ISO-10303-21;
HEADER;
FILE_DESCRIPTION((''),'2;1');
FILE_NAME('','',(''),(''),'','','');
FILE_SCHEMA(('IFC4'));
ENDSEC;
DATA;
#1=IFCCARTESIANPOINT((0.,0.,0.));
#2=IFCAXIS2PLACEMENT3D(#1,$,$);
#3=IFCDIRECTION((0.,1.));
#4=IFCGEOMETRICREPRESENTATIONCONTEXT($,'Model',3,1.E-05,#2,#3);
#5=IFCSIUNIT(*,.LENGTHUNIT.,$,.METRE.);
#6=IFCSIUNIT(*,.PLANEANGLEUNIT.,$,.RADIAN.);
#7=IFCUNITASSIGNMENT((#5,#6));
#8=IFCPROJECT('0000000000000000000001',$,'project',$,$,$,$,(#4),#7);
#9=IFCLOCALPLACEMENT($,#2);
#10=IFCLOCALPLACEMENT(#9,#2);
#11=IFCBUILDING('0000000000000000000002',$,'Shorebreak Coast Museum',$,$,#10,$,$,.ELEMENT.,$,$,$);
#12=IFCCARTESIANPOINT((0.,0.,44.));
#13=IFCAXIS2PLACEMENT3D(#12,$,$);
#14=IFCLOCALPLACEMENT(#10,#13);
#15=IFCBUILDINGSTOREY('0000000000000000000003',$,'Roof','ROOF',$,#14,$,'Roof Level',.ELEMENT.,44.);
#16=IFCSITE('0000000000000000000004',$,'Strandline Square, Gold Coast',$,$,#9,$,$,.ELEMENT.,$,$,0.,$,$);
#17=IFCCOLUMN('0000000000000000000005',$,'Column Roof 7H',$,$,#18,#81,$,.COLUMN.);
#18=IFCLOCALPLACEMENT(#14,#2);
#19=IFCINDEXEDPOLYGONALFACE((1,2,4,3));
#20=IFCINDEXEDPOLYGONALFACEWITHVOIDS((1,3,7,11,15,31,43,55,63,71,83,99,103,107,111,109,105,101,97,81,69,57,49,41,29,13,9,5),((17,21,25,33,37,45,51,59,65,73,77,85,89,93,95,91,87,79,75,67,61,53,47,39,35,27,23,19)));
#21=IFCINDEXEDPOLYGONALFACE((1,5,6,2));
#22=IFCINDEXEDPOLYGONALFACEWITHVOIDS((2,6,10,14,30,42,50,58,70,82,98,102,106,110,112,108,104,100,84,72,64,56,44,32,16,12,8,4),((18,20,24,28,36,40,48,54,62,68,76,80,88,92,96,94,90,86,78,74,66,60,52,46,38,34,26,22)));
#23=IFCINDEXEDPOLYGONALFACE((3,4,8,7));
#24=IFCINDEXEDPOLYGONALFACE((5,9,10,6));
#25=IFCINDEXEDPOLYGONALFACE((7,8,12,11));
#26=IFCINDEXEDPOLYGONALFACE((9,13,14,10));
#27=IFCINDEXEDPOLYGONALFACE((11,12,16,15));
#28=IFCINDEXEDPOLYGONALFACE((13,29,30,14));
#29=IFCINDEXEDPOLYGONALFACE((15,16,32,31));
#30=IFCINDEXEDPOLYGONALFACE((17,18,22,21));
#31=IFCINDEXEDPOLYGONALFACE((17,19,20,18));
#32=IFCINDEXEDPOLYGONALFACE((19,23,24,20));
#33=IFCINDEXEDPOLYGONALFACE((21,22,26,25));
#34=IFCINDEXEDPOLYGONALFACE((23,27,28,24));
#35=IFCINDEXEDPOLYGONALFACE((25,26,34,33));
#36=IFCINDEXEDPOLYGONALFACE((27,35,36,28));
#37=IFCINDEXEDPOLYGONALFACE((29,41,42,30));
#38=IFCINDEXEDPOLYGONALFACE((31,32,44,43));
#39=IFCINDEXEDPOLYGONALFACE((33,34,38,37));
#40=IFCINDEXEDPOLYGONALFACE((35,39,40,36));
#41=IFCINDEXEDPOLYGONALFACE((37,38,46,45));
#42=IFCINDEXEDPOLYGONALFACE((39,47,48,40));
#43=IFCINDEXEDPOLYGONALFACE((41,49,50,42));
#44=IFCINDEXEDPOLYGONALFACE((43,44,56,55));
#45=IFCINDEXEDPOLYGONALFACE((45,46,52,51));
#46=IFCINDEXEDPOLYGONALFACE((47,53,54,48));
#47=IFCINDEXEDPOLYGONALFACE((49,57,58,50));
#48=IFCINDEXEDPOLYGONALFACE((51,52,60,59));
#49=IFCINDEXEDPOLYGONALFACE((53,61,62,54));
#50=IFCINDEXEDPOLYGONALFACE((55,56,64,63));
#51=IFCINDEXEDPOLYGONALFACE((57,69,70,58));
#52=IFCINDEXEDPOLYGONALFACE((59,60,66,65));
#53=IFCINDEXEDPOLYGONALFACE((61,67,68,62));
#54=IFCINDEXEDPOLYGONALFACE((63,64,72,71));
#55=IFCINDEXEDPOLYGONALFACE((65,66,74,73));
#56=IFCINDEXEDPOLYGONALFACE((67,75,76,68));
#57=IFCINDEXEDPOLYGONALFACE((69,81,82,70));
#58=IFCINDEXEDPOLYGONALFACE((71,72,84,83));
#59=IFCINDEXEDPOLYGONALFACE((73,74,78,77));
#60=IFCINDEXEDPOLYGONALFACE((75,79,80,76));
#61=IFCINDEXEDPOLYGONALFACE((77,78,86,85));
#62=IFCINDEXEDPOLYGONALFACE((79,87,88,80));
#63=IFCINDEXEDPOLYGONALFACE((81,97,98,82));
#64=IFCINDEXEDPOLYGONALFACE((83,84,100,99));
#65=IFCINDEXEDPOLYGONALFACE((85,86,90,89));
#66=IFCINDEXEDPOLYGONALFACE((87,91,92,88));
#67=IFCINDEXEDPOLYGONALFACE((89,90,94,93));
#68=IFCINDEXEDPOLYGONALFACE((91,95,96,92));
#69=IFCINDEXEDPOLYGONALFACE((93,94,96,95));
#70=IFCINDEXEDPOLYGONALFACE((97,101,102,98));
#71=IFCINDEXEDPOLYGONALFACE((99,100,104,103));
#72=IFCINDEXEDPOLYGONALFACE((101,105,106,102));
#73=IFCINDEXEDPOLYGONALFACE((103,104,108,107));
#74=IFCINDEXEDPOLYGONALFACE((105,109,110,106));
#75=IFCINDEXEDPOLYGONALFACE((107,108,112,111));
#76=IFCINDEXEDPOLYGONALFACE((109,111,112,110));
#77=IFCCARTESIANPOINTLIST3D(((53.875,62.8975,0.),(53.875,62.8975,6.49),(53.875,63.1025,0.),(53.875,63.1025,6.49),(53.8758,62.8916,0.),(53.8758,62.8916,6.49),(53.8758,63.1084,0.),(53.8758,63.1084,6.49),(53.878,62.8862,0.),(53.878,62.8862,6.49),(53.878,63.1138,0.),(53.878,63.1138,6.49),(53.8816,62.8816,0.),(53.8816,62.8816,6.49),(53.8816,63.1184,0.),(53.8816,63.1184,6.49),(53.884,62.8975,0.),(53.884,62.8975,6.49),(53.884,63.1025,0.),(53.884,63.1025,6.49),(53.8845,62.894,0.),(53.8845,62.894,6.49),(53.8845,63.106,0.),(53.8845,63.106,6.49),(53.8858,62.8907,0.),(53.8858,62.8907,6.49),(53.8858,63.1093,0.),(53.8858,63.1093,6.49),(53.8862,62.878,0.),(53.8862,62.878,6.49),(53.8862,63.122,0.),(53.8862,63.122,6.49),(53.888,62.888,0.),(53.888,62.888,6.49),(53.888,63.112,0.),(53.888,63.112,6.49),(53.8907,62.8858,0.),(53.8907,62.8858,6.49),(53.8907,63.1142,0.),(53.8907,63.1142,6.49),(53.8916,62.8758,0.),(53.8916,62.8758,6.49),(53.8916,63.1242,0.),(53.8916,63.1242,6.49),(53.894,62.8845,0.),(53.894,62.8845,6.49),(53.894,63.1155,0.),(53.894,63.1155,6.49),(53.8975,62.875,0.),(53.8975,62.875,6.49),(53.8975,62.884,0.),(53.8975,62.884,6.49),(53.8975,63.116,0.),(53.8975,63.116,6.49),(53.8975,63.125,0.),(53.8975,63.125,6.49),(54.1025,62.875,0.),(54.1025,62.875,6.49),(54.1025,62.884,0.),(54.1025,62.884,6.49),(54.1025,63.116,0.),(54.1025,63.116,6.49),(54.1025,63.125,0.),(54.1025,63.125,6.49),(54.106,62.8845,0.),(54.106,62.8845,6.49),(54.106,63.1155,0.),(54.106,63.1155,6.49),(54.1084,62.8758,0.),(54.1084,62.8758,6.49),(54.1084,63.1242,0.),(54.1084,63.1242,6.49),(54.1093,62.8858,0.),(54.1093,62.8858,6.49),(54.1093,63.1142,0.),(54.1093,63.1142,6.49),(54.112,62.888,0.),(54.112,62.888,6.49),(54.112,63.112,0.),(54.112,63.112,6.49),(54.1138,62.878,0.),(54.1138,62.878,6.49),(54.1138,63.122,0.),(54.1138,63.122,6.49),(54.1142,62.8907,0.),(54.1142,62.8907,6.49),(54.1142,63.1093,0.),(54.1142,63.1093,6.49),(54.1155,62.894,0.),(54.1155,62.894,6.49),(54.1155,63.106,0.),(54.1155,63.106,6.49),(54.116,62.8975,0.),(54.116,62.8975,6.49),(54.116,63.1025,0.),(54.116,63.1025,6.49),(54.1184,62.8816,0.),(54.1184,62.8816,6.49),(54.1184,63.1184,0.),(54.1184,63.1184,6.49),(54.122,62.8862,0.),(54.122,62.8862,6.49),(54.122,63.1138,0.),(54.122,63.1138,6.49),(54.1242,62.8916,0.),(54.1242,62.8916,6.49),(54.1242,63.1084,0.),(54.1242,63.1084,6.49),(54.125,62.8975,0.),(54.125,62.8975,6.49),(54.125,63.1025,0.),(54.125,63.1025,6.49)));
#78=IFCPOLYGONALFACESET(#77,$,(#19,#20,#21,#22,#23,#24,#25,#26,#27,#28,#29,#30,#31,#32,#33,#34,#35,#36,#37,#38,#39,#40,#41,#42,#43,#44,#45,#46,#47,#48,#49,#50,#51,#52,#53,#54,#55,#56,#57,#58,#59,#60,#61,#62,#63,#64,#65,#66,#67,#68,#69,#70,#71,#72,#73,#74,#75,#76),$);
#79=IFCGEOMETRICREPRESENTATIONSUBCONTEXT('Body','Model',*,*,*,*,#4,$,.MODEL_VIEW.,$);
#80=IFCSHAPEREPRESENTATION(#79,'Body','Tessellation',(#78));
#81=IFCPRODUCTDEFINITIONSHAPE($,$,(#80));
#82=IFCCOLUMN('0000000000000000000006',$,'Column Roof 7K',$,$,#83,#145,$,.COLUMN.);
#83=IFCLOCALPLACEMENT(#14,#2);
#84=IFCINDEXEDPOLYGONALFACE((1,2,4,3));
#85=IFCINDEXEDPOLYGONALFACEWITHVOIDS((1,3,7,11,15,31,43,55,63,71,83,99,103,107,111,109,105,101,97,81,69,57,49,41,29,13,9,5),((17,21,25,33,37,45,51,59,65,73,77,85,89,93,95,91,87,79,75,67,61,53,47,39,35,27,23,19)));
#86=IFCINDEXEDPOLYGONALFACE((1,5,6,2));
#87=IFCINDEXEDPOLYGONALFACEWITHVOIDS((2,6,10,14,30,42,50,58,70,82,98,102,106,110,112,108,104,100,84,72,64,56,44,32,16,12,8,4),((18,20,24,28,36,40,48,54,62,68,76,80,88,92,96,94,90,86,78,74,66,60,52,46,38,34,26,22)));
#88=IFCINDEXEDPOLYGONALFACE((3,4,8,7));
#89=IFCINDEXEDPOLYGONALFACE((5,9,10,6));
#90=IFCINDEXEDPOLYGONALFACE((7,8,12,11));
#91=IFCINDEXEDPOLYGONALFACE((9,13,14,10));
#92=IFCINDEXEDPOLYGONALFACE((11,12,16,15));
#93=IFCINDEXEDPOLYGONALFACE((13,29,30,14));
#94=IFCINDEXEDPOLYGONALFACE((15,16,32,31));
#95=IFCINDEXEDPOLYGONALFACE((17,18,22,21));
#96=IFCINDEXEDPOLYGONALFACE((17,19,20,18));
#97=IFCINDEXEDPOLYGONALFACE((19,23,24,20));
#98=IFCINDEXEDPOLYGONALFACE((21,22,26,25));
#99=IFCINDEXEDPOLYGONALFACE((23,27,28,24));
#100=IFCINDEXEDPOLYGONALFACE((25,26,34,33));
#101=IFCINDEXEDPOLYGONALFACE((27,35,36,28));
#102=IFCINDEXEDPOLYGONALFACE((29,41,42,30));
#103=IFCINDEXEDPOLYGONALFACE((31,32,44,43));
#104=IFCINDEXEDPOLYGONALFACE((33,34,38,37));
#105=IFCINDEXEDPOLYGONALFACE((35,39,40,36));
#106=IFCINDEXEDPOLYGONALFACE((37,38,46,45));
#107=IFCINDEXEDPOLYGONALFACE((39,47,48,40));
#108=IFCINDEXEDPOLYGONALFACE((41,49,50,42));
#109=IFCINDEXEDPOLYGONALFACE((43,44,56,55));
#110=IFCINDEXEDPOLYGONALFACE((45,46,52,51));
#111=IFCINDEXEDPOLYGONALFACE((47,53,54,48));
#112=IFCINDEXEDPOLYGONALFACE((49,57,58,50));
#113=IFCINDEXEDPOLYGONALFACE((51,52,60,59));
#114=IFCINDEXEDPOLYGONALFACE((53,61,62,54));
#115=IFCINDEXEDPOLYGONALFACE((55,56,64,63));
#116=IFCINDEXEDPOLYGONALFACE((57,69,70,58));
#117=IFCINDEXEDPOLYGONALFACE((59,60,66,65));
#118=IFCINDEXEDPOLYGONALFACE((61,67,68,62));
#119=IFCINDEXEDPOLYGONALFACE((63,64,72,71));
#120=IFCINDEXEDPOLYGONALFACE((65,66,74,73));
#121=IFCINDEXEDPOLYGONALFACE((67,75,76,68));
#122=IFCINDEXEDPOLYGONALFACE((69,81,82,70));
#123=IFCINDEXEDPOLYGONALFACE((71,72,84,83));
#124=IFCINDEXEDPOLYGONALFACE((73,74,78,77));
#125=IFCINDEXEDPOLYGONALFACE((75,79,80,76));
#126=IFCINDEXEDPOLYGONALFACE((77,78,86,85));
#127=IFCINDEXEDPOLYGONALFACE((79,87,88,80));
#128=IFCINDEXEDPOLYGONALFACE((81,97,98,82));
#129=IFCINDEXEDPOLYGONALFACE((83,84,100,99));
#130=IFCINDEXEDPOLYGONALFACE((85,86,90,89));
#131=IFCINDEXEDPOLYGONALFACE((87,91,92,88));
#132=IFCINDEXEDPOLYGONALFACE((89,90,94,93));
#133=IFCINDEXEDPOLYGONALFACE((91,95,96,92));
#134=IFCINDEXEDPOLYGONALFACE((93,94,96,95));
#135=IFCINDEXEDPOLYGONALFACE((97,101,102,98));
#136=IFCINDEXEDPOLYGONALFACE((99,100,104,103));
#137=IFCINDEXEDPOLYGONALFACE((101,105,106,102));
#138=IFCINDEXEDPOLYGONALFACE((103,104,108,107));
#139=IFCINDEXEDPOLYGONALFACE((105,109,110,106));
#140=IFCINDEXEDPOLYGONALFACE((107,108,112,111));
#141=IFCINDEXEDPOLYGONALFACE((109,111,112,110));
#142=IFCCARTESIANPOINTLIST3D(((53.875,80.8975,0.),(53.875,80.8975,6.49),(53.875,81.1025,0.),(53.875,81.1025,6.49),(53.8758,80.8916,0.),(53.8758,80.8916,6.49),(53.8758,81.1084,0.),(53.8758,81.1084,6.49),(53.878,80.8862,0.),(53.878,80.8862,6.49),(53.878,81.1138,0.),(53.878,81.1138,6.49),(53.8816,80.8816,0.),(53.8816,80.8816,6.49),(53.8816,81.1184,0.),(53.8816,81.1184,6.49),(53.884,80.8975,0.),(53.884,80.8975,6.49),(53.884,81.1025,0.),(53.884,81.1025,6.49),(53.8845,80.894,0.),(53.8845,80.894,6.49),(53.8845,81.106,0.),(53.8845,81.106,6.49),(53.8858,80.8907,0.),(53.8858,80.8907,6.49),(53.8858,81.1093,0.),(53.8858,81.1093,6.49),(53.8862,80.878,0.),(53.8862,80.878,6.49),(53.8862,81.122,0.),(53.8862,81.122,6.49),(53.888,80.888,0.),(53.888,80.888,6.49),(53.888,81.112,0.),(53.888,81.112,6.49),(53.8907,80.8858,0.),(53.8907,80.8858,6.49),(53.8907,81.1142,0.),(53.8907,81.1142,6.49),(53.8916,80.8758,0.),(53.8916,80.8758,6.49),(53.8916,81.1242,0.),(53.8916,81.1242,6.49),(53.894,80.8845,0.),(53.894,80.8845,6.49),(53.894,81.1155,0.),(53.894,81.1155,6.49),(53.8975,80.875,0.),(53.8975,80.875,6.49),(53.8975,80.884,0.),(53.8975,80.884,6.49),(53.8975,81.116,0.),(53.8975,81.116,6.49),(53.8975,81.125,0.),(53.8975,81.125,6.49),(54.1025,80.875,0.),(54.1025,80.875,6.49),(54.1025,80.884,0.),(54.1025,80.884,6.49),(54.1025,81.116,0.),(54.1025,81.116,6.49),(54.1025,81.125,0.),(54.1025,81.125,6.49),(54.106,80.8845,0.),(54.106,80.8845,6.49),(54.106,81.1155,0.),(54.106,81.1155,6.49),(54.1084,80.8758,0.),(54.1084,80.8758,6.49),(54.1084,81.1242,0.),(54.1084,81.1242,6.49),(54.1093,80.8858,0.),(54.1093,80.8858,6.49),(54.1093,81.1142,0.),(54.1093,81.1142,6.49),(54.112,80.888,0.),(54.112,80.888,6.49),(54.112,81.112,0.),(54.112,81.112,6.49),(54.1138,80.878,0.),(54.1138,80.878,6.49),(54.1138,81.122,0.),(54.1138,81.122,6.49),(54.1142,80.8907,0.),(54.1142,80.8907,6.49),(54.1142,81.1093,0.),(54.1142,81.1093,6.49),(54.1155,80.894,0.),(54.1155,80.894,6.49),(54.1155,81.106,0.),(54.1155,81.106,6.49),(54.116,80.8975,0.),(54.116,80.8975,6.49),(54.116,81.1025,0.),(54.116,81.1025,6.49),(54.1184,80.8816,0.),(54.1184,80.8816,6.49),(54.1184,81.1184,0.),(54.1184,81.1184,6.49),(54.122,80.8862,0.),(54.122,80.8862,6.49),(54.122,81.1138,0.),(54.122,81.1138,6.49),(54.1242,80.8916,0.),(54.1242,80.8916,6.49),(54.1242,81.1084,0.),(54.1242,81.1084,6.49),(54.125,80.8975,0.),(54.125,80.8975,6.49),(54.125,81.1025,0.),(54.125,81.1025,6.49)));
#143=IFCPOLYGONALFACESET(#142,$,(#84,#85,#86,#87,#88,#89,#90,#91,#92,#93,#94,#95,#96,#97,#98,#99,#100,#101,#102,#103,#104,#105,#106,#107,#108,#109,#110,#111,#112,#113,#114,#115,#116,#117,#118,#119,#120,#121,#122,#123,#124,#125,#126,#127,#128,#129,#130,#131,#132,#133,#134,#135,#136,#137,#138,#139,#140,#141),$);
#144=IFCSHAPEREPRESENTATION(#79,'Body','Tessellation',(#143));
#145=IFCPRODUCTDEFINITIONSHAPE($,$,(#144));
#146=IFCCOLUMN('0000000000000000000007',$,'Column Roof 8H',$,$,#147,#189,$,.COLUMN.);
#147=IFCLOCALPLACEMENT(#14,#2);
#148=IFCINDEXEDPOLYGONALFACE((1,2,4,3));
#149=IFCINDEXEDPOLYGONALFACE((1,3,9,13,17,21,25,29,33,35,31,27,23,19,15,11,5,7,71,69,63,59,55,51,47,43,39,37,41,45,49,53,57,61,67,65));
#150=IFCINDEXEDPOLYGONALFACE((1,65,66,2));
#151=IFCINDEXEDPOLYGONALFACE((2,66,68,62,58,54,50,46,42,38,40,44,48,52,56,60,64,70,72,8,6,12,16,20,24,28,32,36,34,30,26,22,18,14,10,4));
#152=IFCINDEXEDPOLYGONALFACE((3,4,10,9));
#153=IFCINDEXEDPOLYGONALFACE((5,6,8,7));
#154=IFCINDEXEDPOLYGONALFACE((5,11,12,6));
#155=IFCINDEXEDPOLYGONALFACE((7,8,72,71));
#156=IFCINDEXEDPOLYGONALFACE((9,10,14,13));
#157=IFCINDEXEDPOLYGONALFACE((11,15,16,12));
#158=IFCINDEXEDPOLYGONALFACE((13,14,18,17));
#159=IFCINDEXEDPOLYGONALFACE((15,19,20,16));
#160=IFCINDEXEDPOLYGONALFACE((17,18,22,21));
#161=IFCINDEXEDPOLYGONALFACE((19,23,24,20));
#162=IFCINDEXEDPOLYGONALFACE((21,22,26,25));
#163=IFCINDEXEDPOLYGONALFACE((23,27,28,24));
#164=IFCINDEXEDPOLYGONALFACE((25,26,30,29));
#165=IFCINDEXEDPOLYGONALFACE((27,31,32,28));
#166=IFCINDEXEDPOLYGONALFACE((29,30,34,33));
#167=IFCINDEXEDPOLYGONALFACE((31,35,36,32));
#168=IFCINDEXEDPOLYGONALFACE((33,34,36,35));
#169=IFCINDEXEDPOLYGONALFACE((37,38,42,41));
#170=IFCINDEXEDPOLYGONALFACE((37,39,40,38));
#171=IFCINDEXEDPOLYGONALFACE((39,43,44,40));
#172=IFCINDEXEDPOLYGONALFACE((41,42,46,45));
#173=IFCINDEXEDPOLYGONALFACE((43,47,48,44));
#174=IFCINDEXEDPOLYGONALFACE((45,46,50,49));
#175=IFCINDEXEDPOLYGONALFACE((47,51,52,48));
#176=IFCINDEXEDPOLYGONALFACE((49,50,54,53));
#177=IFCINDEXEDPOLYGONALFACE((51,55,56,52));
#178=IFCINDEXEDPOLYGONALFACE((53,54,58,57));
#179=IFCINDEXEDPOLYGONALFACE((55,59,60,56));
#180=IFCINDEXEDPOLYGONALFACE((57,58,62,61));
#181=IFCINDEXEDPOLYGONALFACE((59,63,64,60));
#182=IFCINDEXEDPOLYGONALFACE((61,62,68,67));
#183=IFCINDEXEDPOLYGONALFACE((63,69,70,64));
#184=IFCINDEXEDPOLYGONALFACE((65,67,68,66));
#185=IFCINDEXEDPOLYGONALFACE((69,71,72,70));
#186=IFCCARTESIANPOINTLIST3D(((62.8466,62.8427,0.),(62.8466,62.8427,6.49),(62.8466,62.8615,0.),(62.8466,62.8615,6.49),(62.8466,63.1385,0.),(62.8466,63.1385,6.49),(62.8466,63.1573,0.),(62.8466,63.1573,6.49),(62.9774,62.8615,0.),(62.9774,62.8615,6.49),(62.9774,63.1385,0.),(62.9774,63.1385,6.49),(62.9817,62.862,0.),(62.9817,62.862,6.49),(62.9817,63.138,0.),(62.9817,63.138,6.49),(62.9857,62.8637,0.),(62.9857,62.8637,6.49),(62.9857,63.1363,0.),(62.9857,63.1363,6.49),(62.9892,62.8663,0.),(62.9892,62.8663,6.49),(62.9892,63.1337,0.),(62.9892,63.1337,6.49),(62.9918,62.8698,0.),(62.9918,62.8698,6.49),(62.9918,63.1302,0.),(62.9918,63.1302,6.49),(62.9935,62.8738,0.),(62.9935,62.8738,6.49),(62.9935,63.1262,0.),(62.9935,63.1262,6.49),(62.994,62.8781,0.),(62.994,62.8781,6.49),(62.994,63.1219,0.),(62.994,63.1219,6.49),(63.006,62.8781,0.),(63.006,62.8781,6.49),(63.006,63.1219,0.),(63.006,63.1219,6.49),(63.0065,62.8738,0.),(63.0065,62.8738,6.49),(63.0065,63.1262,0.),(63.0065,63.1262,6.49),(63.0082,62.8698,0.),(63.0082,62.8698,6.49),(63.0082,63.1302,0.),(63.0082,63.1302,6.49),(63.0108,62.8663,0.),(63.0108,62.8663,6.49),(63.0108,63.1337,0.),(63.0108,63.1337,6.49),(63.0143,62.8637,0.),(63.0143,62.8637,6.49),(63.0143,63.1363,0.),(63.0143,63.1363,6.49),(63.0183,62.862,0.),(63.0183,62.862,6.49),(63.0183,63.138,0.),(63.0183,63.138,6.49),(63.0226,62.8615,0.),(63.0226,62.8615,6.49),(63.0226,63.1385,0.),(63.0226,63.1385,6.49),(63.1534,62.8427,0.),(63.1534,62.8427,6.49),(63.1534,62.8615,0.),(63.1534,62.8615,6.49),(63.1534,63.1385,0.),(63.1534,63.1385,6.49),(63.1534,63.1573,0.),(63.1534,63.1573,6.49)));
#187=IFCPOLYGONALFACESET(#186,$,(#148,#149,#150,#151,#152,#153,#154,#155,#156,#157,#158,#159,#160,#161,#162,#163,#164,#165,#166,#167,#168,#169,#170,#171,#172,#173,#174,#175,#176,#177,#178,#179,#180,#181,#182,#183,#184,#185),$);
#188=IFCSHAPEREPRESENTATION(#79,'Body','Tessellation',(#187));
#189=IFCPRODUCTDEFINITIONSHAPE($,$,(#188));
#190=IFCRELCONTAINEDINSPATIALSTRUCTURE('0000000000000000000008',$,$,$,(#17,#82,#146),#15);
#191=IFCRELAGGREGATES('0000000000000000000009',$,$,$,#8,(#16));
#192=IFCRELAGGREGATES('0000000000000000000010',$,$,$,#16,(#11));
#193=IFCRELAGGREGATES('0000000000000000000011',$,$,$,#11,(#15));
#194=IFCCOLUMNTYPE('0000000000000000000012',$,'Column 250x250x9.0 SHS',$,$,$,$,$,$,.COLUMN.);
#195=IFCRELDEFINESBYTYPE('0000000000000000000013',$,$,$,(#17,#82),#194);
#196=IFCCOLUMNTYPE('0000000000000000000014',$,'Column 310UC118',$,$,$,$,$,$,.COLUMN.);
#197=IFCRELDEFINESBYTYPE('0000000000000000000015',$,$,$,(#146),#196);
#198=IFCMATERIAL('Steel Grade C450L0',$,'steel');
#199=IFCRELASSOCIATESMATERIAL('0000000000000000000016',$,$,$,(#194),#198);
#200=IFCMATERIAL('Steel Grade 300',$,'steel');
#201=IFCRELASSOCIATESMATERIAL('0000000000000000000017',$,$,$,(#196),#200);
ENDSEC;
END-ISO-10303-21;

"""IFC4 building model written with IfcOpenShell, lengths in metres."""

from ifc_helpers import new_model, si_unit, direction, frame, origin, origin_2d, place, context, subcontext, project, spatial, hollow_rectangle, i_section, extrude, material, material_profile, profile_set, type_object, element, save


model = new_model("IFC4")

# Units and contexts
model_context = context("Model", 3, precision=1e-05, world=origin(), true_north=direction((0.0, 1.0)))
body_context = subcontext(model_context, "Body", "Model", "MODEL_VIEW")
ifc_project = project(units=[si_unit("LENGTHUNIT", "METRE"), si_unit("PLANEANGLEUNIT", "RADIAN")], contexts=[model_context])

# Site, building, storey
site_placement = place(None, origin())
site = spatial("IfcSite", under=ifc_project, at=site_placement, Name="Strandline Square, Gold Coast", CompositionType="ELEMENT", RefElevation=0.0)
building_placement = place(site_placement, origin())
building = spatial("IfcBuilding", under=site, at=building_placement, Name="Shorebreak Coast Museum", CompositionType="ELEMENT")
storey_placement = place(building_placement, frame((0.0, 0.0, 44.0)))
storey = spatial("IfcBuildingStorey", under=building, at=storey_placement, Name="Roof", Description="ROOF", LongName="Roof Level", CompositionType="ELEMENT", Elevation=44.0)

# Columns
ifc_material_1 = material(Name="Steel Grade C450L0", Category="steel")
ifc_material_profile_1 = material_profile(ifc_material_1, hollow_rectangle(XDim=0.25, YDim=0.25, WallThickness=0.009, InnerFilletRadius=0.0134, OuterFilletRadius=0.0225, at=origin_2d()), Name="250x250x9.0 SHS")
ifc_profile_set_1 = profile_set([ifc_material_profile_1], Name="Steel Grade C450L0")
column_type_1 = type_object("IfcColumnType", Name="Column 250x250x9.0 SHS", PredefinedType="COLUMN", material=ifc_profile_set_1)
for number, where, z_axis, x_axis, name in (
    (1, (54.0, 63.0, 0.0), (0.0, 0.0, 1.0), (1.0, 0.0, 0.0), "Column Roof 7H"),
    (2, (54.0, 81.0, 0.0), (0.0, 0.0, 1.0), (1.0, 0.0, 0.0), "Column Roof 7K"),
):
    element("IfcColumn", number, at=place(storey_placement, frame(where, z_axis=z_axis, x_axis=x_axis)), inside=storey, type_object=column_type_1, Name=name, PredefinedType="COLUMN", context=body_context, shape_type="SweptSolid", body=[
        extrude(hollow_rectangle(XDim=0.25, YDim=0.25, WallThickness=0.009, InnerFilletRadius=0.0134, OuterFilletRadius=0.0225, at=origin_2d()), origin(), (0.0, 0.0, 1.0), 6.49),
    ])
ifc_material_2 = material(Name="Steel Grade 300", Category="steel")
ifc_material_profile_2 = material_profile(ifc_material_2, i_section(OverallWidth=0.3069, OverallDepth=0.3147, WebThickness=0.012, FlangeThickness=0.0188, FilletRadius=0.0166, at=origin_2d()), Name="310UC118")
ifc_profile_set_2 = profile_set([ifc_material_profile_2], Name="Steel Grade 300")
column_type_2 = type_object("IfcColumnType", Name="Column 310UC118", PredefinedType="COLUMN", material=ifc_profile_set_2)
for number, where, z_axis, x_axis, name in (
    (3, (63.0, 63.0, 0.0), (0.0, 0.0, 1.0), (1.0, 0.0, 0.0), "Column Roof 8H"),
):
    element("IfcColumn", number, at=place(storey_placement, frame(where, z_axis=z_axis, x_axis=x_axis)), inside=storey, type_object=column_type_2, Name=name, PredefinedType="COLUMN", context=body_context, shape_type="SweptSolid", body=[
        extrude(i_section(OverallWidth=0.3069, OverallDepth=0.3147, WebThickness=0.012, FlangeThickness=0.0188, FilletRadius=0.0166, at=origin_2d()), origin(), (0.0, 0.0, 1.0), 6.49),
    ])

save(model, "model.ifc")
